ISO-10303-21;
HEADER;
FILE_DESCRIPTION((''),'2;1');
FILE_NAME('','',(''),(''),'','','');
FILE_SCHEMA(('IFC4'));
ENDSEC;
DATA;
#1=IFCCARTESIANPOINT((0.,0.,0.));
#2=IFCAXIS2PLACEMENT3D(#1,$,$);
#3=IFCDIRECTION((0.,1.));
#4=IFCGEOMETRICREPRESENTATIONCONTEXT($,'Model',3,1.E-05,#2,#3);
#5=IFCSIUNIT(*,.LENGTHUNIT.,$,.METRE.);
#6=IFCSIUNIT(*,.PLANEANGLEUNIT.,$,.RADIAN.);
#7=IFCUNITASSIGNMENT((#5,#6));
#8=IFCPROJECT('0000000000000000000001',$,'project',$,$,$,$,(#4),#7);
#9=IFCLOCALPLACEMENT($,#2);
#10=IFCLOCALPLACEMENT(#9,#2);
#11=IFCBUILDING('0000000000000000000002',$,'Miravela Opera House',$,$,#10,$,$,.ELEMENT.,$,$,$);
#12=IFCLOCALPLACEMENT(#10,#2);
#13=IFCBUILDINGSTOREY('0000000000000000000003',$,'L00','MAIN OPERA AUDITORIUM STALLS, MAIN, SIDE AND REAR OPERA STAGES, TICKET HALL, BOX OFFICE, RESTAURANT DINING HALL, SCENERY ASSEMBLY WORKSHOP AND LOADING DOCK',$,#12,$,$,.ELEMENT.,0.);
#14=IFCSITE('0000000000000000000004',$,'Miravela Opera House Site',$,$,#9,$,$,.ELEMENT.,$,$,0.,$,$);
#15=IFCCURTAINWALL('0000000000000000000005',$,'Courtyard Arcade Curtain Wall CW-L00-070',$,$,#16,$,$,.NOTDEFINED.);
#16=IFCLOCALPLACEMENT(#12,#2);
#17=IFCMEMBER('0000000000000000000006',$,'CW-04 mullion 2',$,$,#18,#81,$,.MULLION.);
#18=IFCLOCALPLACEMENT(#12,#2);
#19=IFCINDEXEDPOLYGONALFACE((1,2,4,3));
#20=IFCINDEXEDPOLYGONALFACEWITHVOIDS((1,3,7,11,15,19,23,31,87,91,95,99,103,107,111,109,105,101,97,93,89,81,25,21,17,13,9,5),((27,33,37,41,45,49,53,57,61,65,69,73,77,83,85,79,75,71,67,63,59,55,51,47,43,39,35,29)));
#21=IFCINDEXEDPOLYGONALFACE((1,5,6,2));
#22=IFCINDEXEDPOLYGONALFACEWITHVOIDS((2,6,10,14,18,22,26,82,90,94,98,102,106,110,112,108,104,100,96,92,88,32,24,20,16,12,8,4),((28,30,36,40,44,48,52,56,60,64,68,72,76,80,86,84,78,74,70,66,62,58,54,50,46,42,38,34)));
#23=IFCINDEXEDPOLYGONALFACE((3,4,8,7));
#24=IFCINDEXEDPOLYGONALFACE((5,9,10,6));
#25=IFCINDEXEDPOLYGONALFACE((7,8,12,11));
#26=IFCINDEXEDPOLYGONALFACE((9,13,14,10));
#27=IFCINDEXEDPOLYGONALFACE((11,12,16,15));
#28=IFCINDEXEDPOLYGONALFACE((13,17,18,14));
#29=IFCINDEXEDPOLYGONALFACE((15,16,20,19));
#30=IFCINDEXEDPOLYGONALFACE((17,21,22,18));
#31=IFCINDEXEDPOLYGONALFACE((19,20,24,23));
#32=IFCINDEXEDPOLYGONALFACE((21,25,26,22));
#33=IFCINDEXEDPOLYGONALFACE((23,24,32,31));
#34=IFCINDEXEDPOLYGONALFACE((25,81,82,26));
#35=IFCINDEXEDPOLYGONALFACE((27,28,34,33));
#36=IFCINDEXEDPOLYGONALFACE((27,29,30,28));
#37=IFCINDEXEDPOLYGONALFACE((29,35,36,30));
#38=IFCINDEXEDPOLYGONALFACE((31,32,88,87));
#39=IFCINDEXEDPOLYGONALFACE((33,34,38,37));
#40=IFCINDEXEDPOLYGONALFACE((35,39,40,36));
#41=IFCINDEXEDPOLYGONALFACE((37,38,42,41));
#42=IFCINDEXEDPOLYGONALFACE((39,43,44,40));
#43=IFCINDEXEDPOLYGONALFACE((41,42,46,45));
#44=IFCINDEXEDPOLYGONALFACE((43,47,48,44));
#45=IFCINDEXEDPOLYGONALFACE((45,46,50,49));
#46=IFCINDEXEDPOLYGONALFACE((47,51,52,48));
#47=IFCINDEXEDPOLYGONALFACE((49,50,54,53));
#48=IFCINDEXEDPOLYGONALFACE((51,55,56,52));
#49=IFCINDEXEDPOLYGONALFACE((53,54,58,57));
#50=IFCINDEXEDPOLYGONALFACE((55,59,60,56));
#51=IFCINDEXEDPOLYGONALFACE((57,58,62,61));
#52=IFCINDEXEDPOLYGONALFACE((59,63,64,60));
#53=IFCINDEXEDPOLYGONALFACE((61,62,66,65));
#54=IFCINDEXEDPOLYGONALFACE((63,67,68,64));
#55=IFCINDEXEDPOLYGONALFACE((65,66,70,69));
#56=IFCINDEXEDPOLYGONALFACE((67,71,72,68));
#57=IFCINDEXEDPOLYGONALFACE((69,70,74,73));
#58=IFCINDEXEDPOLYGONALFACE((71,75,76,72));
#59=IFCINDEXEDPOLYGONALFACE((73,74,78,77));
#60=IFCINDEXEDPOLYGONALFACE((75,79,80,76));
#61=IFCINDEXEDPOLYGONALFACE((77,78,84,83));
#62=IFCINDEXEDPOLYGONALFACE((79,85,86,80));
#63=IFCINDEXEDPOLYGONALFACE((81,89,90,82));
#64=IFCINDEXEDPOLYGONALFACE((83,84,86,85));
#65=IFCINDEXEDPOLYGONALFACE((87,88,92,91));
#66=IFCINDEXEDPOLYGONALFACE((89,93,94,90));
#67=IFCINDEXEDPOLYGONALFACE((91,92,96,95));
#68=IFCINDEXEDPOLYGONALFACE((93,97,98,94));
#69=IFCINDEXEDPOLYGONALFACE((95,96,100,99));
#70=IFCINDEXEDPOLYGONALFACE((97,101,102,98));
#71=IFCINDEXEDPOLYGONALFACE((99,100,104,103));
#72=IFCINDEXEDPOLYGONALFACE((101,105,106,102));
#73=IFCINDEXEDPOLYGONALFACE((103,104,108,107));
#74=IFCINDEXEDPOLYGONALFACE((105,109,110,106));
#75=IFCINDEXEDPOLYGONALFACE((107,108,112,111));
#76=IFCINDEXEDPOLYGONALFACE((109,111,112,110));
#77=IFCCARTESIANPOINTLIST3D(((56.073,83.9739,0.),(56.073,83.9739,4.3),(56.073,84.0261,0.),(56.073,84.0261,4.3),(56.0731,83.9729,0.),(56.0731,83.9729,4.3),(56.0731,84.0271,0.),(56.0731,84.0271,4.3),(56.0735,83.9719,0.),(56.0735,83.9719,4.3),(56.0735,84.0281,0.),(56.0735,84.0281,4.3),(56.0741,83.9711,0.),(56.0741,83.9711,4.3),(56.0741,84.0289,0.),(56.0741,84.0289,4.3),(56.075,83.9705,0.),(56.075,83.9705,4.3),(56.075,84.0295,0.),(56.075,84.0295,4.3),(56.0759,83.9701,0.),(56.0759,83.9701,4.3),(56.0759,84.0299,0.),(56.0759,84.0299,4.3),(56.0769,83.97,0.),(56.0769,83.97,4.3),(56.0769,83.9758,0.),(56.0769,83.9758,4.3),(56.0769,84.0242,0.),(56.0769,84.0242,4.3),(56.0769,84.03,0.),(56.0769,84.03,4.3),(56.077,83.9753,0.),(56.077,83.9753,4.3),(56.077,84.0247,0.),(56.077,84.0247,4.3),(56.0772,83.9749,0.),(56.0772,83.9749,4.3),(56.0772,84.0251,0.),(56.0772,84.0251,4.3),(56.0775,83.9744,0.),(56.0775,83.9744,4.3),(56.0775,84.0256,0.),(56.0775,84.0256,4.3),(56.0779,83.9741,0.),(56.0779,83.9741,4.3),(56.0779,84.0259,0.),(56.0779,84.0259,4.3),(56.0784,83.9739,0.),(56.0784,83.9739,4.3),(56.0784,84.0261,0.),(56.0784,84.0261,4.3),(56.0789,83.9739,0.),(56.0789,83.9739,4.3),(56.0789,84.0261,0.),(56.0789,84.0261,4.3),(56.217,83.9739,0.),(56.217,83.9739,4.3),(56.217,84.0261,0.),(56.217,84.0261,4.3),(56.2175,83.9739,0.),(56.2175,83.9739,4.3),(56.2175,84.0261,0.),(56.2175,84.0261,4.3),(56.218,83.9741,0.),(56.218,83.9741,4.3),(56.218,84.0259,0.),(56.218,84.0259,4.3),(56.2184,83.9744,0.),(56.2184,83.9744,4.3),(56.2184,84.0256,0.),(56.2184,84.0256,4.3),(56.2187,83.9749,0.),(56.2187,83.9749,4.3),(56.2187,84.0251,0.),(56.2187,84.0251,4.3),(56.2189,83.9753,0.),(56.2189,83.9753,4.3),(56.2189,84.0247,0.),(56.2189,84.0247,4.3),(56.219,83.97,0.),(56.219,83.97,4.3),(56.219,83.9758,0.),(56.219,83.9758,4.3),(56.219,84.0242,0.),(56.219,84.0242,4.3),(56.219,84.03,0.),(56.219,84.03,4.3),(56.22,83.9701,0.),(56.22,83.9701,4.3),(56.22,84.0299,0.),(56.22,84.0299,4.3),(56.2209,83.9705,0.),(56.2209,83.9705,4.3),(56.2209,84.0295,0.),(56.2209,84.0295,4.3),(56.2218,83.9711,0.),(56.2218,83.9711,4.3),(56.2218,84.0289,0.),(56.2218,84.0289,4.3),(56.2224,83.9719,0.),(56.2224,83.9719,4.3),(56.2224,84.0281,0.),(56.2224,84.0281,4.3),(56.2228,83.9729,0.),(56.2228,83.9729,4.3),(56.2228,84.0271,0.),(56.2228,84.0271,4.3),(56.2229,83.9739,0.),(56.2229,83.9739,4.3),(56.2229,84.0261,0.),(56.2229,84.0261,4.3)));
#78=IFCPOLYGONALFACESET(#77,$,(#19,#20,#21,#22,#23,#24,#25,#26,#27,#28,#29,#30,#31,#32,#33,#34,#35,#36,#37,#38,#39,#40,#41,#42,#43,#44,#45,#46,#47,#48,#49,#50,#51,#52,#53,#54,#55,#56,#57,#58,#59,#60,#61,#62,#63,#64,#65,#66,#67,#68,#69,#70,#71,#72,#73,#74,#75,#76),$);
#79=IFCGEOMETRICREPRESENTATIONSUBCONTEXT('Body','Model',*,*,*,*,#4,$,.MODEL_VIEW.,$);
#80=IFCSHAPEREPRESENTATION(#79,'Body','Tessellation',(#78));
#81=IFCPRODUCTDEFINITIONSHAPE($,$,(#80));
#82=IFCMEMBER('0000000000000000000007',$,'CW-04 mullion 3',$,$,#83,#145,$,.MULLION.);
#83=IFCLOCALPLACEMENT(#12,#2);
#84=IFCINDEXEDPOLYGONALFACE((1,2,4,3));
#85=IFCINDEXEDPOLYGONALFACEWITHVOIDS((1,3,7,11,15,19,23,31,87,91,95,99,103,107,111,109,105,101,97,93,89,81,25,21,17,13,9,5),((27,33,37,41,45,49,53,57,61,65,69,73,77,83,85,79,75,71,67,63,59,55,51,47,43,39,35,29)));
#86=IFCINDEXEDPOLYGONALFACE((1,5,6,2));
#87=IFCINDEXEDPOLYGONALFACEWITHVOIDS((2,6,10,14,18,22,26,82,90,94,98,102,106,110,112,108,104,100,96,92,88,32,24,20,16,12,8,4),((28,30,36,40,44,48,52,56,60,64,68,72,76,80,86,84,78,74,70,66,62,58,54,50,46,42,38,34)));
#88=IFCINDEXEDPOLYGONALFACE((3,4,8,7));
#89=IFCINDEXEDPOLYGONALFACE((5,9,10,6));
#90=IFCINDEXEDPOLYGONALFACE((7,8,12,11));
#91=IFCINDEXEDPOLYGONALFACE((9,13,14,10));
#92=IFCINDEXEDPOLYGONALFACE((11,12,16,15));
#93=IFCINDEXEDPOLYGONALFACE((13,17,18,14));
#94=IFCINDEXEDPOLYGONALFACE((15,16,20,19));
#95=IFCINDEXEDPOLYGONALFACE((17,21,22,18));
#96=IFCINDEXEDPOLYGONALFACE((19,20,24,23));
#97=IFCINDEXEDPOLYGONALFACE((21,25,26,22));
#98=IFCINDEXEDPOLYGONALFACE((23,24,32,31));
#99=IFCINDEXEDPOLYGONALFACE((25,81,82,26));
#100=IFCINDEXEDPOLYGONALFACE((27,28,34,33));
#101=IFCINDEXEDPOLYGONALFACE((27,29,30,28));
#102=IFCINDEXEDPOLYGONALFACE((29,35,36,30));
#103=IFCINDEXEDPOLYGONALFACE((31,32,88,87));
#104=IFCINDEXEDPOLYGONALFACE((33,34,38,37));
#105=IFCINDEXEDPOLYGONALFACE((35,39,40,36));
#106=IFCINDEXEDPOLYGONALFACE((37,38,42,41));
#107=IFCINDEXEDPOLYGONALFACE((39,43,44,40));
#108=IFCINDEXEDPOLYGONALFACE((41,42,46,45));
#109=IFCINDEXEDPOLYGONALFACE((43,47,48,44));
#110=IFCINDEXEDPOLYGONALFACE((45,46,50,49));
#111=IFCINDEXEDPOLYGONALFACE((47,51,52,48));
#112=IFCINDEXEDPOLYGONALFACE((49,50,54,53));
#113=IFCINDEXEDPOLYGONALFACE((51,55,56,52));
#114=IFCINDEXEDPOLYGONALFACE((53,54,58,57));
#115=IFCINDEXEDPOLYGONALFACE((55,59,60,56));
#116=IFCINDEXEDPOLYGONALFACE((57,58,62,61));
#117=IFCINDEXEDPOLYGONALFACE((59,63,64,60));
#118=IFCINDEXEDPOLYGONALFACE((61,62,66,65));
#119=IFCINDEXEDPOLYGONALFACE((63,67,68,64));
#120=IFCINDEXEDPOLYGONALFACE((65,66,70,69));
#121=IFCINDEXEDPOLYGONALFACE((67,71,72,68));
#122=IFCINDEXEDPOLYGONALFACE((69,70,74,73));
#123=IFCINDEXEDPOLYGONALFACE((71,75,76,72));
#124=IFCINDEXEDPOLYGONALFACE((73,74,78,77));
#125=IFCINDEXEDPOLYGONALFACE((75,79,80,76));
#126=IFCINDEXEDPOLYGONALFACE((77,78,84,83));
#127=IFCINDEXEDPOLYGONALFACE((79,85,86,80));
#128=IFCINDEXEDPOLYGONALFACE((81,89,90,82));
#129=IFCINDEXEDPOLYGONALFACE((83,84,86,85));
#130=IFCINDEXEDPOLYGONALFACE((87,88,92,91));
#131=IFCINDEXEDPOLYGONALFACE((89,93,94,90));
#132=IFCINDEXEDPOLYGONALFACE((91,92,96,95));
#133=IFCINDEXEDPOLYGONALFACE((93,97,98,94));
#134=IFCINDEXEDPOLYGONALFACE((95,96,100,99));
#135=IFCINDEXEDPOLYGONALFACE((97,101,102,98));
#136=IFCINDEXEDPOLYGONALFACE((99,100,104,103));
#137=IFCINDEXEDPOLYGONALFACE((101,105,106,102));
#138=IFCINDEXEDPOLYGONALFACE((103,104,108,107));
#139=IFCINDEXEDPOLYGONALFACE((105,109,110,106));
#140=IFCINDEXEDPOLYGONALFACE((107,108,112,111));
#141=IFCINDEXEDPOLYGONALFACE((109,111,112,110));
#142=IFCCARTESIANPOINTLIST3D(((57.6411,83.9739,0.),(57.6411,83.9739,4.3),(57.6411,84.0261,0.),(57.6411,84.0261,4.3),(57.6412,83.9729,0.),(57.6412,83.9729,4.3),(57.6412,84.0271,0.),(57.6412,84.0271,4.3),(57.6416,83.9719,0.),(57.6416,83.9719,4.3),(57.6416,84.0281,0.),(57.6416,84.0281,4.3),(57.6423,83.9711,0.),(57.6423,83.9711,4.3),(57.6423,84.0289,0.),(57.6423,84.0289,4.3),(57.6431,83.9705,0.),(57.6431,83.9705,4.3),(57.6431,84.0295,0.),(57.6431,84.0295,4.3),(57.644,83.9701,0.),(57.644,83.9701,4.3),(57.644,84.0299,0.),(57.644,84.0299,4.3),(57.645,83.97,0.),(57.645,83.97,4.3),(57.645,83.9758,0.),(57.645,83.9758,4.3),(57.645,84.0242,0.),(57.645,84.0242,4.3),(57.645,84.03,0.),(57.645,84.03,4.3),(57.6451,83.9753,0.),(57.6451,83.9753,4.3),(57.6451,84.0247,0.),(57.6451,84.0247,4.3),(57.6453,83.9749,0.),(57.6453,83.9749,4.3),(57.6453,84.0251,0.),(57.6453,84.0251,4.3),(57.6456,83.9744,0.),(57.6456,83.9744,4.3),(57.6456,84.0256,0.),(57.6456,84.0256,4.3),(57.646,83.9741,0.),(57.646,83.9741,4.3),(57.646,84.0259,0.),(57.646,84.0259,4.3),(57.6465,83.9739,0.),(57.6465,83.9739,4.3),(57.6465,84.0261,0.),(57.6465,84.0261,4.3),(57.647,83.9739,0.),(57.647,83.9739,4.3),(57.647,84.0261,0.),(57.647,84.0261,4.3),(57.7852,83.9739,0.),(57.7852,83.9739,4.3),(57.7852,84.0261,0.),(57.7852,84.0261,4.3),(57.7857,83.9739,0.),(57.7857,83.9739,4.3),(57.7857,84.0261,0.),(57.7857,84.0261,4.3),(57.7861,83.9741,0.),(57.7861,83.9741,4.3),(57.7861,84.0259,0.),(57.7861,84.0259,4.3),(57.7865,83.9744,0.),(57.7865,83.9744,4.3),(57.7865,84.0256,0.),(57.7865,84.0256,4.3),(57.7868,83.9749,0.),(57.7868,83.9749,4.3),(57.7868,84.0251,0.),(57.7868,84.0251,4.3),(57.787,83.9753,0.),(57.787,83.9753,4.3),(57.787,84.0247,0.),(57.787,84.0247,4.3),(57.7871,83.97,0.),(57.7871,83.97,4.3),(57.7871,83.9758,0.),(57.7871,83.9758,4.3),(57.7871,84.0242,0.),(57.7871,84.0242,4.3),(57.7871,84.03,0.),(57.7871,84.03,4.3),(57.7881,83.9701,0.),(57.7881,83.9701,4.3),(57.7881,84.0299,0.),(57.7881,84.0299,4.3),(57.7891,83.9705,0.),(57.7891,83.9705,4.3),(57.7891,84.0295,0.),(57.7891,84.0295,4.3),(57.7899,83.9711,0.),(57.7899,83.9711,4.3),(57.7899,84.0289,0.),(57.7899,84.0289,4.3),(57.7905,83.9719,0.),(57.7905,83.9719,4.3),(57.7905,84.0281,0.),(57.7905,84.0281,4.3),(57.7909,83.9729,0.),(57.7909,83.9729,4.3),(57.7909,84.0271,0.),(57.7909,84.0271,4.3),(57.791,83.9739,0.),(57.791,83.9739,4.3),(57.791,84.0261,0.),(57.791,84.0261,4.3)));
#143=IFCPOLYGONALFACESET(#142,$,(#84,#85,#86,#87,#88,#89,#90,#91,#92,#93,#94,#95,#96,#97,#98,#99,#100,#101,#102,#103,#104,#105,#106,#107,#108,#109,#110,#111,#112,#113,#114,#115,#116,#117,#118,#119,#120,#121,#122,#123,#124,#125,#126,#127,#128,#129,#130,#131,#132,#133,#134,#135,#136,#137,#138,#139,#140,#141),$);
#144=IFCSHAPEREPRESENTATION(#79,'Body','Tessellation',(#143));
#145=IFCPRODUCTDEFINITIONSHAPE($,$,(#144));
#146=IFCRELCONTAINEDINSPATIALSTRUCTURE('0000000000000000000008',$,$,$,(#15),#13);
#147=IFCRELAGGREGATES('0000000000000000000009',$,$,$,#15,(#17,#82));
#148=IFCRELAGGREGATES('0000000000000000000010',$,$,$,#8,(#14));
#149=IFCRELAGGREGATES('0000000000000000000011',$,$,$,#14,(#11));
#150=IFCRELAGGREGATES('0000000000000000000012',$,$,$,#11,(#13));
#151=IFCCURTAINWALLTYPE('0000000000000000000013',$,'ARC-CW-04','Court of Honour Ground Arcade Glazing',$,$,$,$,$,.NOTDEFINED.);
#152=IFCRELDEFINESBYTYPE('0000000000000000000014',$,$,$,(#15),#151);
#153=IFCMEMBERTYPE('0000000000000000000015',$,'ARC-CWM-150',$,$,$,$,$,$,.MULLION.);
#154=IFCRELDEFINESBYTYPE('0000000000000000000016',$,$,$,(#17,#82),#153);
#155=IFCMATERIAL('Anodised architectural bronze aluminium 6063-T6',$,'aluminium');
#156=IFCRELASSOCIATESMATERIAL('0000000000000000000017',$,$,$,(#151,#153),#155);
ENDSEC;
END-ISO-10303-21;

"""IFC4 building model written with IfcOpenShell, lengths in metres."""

from ifc_helpers import new_model, si_unit, direction, frame, origin, origin_2d, place, context, subcontext, project, spatial, hollow_rectangle, extrude, material, material_profile, profile_set, type_object, element, aggregate, save


model = new_model("IFC4")

# Units and contexts
model_context = context("Model", 3, precision=1e-05, world=origin(), true_north=direction((0.0, 1.0)))
body_context = subcontext(model_context, "Body", "Model", "MODEL_VIEW")
ifc_project = project(units=[si_unit("LENGTHUNIT", "METRE"), si_unit("PLANEANGLEUNIT", "RADIAN")], contexts=[model_context])

# Site, building, storey
site_placement = place(None, origin())
site = spatial("IfcSite", under=ifc_project, at=site_placement, Name="Miravela Opera House Site", CompositionType="ELEMENT", RefElevation=0.0)
building_placement = place(site_placement, origin())
building = spatial("IfcBuilding", under=site, at=building_placement, Name="Miravela Opera House", CompositionType="ELEMENT")
storey_placement = place(building_placement, origin())
storey = spatial("IfcBuildingStorey", under=building, at=storey_placement, Name="L00", Description="MAIN OPERA AUDITORIUM STALLS, MAIN, SIDE AND REAR OPERA STAGES, TICKET HALL, BOX OFFICE, RESTAURANT DINING HALL, SCENERY ASSEMBLY WORKSHOP AND LOADING DOCK", CompositionType="ELEMENT", Elevation=0.0)

# Curtain wall, members
ifc_material_1 = material(Name="Anodised architectural bronze aluminium 6063-T6", Category="aluminium")
curtain_wall_type = type_object("IfcCurtainWallType", Name="ARC-CW-04", Description="Court of Honour Ground Arcade Glazing", PredefinedType="NOTDEFINED", material=ifc_material_1)
curtain_wall_1_placement = place(storey_placement, origin())
curtain_wall_1 = element("IfcCurtainWall", 1, at=curtain_wall_1_placement, inside=storey, type_object=curtain_wall_type, Name="Courtyard Arcade Curtain Wall CW-L00-070", PredefinedType="NOTDEFINED")
ifc_material_profile_1 = material_profile(ifc_material_1, hollow_rectangle(XDim=0.0601, YDim=0.1499, WallThickness=0.0039, InnerFilletRadius=0.002, OuterFilletRadius=0.0039, at=origin_2d()), Name="CWM-60X150")
ifc_profile_set_1 = profile_set([ifc_material_profile_1])
member_type_1 = type_object("IfcMemberType", Name="ARC-CWM-150", PredefinedType="MULLION", material=ifc_profile_set_1)
member_1_placement = place(storey_placement, frame((56.1479, 84.0, 0.0), z_axis=(0.0, 0.0, 1.0), x_axis=(0.0, 1.0, 0.0)))
member_1 = element("IfcMember", 2, at=member_1_placement, type_object=member_type_1, Name="CW-04 mullion 2", PredefinedType="MULLION", context=body_context, shape_type="SweptSolid", body=[
    extrude(hollow_rectangle(XDim=0.0601, YDim=0.1499, WallThickness=0.0039, InnerFilletRadius=0.002, OuterFilletRadius=0.0039, at=origin_2d()), origin(), (0.0, 0.0, 1.0), 4.3),
])
member_2_placement = place(storey_placement, frame((57.7161, 84.0, 0.0), z_axis=(0.0, 0.0, 1.0), x_axis=(0.0, 1.0, 0.0)))
member_2 = element("IfcMember", 3, at=member_2_placement, type_object=member_type_1, Name="CW-04 mullion 3", PredefinedType="MULLION", context=body_context, shape_type="SweptSolid", body=[
    extrude(hollow_rectangle(XDim=0.0601, YDim=0.1499, WallThickness=0.0039, InnerFilletRadius=0.002, OuterFilletRadius=0.0039, at=origin_2d()), origin(), (0.0, 0.0, 1.0), 4.3),
])

aggregate(curtain_wall_1, [member_1, member_2])

save(model, "model.ifc")
